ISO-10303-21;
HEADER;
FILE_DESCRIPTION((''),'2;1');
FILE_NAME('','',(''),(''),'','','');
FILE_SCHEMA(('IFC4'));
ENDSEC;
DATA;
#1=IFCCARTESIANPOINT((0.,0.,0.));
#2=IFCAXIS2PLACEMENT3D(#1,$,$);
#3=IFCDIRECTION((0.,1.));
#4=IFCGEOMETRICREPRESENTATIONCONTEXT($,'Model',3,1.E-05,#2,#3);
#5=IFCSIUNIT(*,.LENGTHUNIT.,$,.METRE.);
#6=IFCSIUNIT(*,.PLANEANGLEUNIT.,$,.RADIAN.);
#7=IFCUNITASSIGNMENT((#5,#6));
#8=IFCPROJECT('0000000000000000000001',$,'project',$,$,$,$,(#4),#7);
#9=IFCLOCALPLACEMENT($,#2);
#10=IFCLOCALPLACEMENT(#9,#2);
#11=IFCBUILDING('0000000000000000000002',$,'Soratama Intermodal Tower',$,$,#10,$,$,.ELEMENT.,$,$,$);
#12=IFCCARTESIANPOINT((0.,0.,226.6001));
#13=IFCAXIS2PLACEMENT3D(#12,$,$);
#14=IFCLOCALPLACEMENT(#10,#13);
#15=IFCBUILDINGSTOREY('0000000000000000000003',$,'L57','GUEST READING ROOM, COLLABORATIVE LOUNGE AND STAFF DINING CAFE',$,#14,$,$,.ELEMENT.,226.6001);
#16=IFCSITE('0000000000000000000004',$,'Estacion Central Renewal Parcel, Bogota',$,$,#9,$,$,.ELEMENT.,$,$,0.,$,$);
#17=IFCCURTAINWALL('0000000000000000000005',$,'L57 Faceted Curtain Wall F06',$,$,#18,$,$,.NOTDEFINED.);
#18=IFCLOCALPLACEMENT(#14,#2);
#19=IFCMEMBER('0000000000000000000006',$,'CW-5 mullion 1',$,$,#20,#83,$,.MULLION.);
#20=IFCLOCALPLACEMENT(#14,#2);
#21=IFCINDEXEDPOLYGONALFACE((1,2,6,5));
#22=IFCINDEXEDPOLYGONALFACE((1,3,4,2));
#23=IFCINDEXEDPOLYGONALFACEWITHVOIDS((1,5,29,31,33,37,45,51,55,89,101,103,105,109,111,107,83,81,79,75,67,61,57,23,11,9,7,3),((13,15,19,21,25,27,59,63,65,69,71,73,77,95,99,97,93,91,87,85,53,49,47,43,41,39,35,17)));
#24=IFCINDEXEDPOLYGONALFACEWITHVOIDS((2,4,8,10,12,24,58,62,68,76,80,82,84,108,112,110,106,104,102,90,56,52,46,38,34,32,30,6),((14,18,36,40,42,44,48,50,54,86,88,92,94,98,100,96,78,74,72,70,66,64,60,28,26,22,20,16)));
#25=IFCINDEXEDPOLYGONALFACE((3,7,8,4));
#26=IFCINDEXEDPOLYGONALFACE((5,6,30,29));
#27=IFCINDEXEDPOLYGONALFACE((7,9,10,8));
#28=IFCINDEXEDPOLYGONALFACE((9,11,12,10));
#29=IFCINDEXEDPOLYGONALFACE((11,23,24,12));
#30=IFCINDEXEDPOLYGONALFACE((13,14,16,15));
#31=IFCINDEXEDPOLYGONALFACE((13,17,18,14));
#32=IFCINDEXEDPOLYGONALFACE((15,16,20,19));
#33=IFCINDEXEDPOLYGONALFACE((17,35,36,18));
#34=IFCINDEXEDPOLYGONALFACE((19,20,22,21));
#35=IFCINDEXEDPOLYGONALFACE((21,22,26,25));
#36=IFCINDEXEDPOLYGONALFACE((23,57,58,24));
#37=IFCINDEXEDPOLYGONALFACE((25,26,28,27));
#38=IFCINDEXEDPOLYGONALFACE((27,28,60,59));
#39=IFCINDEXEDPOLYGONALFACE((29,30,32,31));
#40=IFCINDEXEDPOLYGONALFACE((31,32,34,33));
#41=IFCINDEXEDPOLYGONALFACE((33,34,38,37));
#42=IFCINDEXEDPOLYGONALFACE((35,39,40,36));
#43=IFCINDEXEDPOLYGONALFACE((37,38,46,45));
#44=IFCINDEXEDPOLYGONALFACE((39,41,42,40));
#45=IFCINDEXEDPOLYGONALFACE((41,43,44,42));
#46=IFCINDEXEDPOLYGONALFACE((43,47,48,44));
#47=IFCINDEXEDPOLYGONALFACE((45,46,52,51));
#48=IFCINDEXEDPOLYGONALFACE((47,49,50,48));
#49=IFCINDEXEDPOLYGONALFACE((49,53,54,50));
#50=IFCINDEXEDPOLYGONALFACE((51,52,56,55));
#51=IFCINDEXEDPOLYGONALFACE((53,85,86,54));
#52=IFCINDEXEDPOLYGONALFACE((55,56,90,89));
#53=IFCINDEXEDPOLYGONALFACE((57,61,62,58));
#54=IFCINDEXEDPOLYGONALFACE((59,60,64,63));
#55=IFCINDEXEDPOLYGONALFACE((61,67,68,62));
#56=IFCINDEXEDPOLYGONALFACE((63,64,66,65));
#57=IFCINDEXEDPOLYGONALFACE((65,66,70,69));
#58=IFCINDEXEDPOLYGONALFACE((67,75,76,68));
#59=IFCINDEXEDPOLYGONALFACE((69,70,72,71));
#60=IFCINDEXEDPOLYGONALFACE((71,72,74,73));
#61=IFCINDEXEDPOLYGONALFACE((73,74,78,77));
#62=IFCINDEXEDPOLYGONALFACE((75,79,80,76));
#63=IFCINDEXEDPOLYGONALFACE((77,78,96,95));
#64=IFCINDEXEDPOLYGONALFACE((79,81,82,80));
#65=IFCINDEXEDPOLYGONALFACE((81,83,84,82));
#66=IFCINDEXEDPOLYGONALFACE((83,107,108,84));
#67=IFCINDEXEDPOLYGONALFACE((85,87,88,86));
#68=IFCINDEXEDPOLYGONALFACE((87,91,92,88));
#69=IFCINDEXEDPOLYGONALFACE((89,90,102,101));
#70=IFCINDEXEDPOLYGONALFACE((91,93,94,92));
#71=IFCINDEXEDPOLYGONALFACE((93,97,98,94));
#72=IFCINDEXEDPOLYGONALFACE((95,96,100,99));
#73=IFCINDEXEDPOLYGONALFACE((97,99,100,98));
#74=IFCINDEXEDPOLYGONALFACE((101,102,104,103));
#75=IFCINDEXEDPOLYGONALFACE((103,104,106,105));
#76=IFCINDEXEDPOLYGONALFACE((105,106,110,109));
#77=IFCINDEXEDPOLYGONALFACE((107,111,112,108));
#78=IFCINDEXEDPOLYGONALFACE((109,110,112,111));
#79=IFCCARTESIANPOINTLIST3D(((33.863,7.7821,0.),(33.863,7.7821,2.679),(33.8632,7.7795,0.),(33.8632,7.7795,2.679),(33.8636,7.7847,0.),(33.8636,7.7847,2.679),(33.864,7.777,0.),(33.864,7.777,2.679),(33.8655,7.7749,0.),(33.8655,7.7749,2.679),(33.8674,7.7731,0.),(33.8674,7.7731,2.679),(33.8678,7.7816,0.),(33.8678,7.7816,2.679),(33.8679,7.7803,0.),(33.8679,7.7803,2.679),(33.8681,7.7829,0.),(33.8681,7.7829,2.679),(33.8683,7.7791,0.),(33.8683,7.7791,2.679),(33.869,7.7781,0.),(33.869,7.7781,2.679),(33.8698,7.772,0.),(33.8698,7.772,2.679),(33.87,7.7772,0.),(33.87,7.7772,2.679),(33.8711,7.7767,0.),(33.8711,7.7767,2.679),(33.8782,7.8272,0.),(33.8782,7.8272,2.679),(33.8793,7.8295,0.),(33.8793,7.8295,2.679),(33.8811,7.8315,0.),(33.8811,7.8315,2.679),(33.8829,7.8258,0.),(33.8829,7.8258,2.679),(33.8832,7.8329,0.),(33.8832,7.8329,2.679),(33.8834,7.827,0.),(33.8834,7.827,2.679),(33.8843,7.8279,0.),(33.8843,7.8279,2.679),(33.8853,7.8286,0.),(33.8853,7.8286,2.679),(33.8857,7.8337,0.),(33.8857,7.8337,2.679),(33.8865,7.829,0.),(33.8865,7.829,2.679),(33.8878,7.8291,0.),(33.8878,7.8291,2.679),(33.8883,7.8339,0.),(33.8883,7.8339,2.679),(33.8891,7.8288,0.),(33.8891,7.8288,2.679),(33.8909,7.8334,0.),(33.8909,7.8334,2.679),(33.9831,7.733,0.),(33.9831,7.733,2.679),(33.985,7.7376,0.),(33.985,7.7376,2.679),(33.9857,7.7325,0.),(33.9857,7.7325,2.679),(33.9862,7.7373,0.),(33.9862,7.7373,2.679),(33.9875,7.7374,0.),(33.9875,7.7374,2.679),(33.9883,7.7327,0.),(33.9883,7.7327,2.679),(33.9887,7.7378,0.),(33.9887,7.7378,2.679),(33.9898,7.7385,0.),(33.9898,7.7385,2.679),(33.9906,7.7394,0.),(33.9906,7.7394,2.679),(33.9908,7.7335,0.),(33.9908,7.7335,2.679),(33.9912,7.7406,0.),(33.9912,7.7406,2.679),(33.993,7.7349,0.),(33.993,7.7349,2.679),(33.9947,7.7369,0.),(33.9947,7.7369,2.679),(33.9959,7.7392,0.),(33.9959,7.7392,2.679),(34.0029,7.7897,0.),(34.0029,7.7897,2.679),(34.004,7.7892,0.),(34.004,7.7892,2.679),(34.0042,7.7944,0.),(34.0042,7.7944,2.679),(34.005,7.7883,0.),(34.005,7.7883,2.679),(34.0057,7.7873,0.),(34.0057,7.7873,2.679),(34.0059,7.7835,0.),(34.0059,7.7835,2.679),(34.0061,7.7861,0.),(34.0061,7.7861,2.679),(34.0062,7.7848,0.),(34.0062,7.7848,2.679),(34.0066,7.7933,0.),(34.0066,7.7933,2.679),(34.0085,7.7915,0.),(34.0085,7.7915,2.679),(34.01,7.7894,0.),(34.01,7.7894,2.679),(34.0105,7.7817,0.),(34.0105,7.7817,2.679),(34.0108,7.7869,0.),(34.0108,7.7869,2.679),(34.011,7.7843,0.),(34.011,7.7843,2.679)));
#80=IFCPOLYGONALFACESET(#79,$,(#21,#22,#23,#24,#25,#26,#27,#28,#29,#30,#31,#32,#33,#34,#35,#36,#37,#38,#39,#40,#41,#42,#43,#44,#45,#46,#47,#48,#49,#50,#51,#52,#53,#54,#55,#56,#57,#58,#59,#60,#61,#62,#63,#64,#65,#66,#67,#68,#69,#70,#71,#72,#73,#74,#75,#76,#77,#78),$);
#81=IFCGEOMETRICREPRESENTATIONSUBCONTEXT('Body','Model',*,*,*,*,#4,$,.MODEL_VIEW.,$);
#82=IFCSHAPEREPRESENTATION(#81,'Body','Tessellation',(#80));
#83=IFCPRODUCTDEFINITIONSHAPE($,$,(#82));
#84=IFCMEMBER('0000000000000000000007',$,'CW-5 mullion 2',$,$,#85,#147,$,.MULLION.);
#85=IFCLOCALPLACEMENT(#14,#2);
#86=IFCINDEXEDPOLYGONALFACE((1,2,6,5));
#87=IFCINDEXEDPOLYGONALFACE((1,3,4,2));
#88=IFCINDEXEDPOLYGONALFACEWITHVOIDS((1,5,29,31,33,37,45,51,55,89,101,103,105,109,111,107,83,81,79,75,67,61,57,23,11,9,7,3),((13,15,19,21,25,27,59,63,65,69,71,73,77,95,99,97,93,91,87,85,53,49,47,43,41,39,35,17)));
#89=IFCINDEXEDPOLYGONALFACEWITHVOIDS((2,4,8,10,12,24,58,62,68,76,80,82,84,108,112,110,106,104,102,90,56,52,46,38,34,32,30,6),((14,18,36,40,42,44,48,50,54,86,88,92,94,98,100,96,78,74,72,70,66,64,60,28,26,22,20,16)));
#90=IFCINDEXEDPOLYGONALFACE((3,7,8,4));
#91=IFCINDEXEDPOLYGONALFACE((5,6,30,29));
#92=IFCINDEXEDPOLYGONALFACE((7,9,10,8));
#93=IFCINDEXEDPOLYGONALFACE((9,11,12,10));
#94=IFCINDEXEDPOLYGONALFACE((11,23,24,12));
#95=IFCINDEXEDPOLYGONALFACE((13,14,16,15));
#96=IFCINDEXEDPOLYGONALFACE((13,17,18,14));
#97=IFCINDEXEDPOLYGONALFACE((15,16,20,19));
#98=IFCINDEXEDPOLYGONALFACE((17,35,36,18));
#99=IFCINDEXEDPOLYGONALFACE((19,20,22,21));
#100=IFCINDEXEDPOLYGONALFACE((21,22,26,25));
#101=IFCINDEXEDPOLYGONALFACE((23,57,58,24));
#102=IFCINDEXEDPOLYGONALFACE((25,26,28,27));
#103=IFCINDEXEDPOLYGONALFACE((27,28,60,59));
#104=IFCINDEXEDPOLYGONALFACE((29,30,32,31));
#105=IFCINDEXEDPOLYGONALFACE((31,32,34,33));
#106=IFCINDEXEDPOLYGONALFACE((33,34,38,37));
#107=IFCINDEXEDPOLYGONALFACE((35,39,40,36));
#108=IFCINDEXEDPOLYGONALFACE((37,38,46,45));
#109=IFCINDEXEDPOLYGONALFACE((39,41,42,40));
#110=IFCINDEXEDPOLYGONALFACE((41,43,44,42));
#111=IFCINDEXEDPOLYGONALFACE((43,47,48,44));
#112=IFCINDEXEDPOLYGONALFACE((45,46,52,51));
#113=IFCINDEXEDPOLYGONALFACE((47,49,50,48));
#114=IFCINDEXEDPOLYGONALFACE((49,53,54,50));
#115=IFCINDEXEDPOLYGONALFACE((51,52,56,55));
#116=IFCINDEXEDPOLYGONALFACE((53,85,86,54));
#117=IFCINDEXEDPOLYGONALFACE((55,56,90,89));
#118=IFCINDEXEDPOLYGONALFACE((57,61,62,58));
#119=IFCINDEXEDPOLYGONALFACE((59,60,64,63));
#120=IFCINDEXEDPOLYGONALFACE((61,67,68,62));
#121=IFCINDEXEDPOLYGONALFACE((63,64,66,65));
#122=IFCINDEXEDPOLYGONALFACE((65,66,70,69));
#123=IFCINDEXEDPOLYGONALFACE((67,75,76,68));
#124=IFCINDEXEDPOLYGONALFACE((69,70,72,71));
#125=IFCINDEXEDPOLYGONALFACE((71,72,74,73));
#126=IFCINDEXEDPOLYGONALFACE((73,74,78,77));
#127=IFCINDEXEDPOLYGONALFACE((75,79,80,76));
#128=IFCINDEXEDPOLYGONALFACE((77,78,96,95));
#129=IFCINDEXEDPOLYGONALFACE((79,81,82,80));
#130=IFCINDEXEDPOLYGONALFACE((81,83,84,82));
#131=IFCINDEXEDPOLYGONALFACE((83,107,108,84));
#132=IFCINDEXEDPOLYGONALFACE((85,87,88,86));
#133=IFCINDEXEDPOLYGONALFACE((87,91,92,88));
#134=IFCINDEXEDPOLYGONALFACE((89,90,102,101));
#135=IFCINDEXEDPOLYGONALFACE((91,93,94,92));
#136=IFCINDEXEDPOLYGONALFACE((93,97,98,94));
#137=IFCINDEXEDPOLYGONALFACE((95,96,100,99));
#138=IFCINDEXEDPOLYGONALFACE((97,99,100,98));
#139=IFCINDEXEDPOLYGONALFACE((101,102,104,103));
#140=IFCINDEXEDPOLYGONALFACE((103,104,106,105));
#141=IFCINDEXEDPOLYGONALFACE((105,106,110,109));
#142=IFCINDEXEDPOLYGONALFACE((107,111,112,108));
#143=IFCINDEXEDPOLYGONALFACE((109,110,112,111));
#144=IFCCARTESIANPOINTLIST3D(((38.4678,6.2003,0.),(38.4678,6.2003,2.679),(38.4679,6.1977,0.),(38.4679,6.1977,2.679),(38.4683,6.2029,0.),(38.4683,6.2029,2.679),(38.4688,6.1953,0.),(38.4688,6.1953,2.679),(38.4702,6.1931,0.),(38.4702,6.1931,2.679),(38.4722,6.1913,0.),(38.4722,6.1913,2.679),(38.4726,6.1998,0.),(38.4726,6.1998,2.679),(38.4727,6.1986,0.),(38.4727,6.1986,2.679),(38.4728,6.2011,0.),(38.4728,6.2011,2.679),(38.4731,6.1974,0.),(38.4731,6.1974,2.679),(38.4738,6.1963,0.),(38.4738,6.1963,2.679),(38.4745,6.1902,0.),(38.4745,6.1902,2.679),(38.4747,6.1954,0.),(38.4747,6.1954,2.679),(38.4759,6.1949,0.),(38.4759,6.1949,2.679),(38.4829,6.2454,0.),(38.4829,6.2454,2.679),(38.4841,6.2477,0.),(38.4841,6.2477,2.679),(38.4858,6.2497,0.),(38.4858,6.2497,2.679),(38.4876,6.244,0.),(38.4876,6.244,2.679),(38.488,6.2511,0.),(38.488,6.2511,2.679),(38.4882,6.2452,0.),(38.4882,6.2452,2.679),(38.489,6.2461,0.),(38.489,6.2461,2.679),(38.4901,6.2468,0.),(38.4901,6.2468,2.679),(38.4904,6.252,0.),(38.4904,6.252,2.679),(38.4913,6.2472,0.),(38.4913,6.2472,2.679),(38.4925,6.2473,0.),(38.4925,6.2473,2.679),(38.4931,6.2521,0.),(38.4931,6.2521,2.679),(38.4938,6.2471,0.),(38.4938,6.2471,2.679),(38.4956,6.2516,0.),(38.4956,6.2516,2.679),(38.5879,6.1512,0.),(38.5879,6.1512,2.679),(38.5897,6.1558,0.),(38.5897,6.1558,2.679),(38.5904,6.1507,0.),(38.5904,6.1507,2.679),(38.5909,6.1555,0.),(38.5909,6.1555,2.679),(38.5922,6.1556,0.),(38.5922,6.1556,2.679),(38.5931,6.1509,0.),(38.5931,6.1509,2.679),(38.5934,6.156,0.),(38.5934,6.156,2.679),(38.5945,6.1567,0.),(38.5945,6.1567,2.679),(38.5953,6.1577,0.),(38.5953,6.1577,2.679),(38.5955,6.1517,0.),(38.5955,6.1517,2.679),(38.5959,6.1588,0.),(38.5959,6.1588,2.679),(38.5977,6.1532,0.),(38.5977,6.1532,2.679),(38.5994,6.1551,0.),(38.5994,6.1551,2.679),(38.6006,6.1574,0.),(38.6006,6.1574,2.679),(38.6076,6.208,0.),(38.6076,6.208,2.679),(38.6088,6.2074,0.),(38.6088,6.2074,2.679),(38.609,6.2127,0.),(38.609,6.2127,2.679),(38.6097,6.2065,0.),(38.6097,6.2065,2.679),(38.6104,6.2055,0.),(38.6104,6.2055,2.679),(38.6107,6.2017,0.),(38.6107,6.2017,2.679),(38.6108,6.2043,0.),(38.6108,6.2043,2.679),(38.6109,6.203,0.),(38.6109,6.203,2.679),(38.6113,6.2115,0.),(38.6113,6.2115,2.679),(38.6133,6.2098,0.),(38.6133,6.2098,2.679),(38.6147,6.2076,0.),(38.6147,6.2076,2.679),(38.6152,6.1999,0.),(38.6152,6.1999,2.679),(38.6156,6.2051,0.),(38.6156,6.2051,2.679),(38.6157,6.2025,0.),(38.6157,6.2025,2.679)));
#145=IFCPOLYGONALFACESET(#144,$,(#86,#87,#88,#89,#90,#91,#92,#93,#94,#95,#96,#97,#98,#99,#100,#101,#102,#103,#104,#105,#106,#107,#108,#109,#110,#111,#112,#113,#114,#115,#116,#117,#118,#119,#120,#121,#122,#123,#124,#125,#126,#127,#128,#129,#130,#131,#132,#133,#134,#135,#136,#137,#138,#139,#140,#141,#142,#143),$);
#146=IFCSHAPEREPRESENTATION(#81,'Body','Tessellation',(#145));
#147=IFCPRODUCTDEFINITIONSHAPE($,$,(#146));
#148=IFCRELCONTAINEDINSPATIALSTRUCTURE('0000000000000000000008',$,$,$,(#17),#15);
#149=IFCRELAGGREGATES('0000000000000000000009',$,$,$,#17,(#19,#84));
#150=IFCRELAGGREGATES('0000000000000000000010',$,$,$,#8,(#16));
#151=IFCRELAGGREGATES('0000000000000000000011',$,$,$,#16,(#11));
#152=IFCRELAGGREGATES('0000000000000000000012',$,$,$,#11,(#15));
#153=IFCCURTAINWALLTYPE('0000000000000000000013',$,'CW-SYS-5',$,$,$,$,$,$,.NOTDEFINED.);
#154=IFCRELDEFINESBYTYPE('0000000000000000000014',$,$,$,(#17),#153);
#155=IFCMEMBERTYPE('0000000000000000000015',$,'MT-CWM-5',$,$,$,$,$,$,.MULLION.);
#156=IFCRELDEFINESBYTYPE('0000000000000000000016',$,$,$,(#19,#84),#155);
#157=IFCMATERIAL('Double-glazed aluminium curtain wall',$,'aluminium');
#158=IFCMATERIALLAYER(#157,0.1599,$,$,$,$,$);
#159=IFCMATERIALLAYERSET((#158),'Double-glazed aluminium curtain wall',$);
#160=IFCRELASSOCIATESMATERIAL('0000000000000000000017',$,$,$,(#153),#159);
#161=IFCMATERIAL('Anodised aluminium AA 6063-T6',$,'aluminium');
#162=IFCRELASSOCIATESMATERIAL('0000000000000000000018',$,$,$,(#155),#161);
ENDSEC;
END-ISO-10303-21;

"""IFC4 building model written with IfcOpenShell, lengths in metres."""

from ifc_helpers import new_model, si_unit, direction, frame, origin, origin_2d, place, context, subcontext, project, spatial, hollow_rectangle, extrude, material, layer, layer_set, material_profile, profile_set, type_object, element, aggregate, save


model = new_model("IFC4")

# Units and contexts
model_context = context("Model", 3, precision=1e-05, world=origin(), true_north=direction((0.0, 1.0)))
body_context = subcontext(model_context, "Body", "Model", "MODEL_VIEW")
ifc_project = project(units=[si_unit("LENGTHUNIT", "METRE"), si_unit("PLANEANGLEUNIT", "RADIAN")], contexts=[model_context])

# Site, building, storey
site_placement = place(None, origin())
site = spatial("IfcSite", under=ifc_project, at=site_placement, Name="Estacion Central Renewal Parcel, Bogota", CompositionType="ELEMENT", RefElevation=0.0)
building_placement = place(site_placement, origin())
building = spatial("IfcBuilding", under=site, at=building_placement, Name="Soratama Intermodal Tower", CompositionType="ELEMENT")
storey_placement = place(building_placement, frame((0.0, 0.0, 226.6001)))
storey = spatial("IfcBuildingStorey", under=building, at=storey_placement, Name="L57", Description="GUEST READING ROOM, COLLABORATIVE LOUNGE AND STAFF DINING CAFE", CompositionType="ELEMENT", Elevation=226.6001)

# Curtain wall, members
ifc_material_1 = material(Name="Double-glazed aluminium curtain wall", Category="aluminium")
ifc_layer_1 = layer(ifc_material_1, 0.1599)
ifc_layer_set_1 = layer_set([ifc_layer_1], Name="Double-glazed aluminium curtain wall")
curtain_wall_type = type_object("IfcCurtainWallType", Name="CW-SYS-5", PredefinedType="NOTDEFINED", material=ifc_layer_set_1)
curtain_wall_placement = place(storey_placement, origin())
curtain_wall = element("IfcCurtainWall", 1, at=curtain_wall_placement, inside=storey, type_object=curtain_wall_type, Name="L57 Faceted Curtain Wall F06", PredefinedType="NOTDEFINED")
ifc_material_2 = material(Name="Anodised aluminium AA 6063-T6", Category="aluminium")
ifc_material_profile_1 = material_profile(ifc_material_2, hollow_rectangle(XDim=0.0649, YDim=0.1399, WallThickness=0.0049, InnerFilletRadius=0.0049, OuterFilletRadius=0.01, at=origin_2d()), Name="CWM140X65X5")
ifc_profile_set_1 = profile_set([ifc_material_profile_1], Name="Anodised aluminium AA 6063-T6")
member_type_1 = type_object("IfcMemberType", Name="MT-CWM-5", PredefinedType="MULLION", material=ifc_profile_set_1)
member_1_placement = place(storey_placement, frame((33.937, 7.7832, 0.0), z_axis=(0.0, 0.0, 1.0), x_axis=(0.324904, 0.945747, 0.0)))
member_1 = element("IfcMember", 2, at=member_1_placement, type_object=member_type_1, Name="CW-5 mullion 1", PredefinedType="MULLION", context=body_context, shape_type="SweptSolid", body=[
    extrude(hollow_rectangle(XDim=0.0649, YDim=0.1399, WallThickness=0.0049, InnerFilletRadius=0.0049, OuterFilletRadius=0.01, at=origin_2d()), origin(), (0.0, 0.0, 1.0), 2.679),
])
member_2_placement = place(storey_placement, frame((38.5417, 6.2014, 0.0), z_axis=(0.0, 0.0, 1.0), x_axis=(0.324904, 0.945747, 0.0)))
member_2 = element("IfcMember", 3, at=member_2_placement, type_object=member_type_1, Name="CW-5 mullion 2", PredefinedType="MULLION", context=body_context, shape_type="SweptSolid", body=[
    extrude(hollow_rectangle(XDim=0.0649, YDim=0.1399, WallThickness=0.0049, InnerFilletRadius=0.0049, OuterFilletRadius=0.01, at=origin_2d()), origin(), (0.0, 0.0, 1.0), 2.679),
])
aggregate(curtain_wall, [member_1, member_2])

save(model, "model.ifc")
